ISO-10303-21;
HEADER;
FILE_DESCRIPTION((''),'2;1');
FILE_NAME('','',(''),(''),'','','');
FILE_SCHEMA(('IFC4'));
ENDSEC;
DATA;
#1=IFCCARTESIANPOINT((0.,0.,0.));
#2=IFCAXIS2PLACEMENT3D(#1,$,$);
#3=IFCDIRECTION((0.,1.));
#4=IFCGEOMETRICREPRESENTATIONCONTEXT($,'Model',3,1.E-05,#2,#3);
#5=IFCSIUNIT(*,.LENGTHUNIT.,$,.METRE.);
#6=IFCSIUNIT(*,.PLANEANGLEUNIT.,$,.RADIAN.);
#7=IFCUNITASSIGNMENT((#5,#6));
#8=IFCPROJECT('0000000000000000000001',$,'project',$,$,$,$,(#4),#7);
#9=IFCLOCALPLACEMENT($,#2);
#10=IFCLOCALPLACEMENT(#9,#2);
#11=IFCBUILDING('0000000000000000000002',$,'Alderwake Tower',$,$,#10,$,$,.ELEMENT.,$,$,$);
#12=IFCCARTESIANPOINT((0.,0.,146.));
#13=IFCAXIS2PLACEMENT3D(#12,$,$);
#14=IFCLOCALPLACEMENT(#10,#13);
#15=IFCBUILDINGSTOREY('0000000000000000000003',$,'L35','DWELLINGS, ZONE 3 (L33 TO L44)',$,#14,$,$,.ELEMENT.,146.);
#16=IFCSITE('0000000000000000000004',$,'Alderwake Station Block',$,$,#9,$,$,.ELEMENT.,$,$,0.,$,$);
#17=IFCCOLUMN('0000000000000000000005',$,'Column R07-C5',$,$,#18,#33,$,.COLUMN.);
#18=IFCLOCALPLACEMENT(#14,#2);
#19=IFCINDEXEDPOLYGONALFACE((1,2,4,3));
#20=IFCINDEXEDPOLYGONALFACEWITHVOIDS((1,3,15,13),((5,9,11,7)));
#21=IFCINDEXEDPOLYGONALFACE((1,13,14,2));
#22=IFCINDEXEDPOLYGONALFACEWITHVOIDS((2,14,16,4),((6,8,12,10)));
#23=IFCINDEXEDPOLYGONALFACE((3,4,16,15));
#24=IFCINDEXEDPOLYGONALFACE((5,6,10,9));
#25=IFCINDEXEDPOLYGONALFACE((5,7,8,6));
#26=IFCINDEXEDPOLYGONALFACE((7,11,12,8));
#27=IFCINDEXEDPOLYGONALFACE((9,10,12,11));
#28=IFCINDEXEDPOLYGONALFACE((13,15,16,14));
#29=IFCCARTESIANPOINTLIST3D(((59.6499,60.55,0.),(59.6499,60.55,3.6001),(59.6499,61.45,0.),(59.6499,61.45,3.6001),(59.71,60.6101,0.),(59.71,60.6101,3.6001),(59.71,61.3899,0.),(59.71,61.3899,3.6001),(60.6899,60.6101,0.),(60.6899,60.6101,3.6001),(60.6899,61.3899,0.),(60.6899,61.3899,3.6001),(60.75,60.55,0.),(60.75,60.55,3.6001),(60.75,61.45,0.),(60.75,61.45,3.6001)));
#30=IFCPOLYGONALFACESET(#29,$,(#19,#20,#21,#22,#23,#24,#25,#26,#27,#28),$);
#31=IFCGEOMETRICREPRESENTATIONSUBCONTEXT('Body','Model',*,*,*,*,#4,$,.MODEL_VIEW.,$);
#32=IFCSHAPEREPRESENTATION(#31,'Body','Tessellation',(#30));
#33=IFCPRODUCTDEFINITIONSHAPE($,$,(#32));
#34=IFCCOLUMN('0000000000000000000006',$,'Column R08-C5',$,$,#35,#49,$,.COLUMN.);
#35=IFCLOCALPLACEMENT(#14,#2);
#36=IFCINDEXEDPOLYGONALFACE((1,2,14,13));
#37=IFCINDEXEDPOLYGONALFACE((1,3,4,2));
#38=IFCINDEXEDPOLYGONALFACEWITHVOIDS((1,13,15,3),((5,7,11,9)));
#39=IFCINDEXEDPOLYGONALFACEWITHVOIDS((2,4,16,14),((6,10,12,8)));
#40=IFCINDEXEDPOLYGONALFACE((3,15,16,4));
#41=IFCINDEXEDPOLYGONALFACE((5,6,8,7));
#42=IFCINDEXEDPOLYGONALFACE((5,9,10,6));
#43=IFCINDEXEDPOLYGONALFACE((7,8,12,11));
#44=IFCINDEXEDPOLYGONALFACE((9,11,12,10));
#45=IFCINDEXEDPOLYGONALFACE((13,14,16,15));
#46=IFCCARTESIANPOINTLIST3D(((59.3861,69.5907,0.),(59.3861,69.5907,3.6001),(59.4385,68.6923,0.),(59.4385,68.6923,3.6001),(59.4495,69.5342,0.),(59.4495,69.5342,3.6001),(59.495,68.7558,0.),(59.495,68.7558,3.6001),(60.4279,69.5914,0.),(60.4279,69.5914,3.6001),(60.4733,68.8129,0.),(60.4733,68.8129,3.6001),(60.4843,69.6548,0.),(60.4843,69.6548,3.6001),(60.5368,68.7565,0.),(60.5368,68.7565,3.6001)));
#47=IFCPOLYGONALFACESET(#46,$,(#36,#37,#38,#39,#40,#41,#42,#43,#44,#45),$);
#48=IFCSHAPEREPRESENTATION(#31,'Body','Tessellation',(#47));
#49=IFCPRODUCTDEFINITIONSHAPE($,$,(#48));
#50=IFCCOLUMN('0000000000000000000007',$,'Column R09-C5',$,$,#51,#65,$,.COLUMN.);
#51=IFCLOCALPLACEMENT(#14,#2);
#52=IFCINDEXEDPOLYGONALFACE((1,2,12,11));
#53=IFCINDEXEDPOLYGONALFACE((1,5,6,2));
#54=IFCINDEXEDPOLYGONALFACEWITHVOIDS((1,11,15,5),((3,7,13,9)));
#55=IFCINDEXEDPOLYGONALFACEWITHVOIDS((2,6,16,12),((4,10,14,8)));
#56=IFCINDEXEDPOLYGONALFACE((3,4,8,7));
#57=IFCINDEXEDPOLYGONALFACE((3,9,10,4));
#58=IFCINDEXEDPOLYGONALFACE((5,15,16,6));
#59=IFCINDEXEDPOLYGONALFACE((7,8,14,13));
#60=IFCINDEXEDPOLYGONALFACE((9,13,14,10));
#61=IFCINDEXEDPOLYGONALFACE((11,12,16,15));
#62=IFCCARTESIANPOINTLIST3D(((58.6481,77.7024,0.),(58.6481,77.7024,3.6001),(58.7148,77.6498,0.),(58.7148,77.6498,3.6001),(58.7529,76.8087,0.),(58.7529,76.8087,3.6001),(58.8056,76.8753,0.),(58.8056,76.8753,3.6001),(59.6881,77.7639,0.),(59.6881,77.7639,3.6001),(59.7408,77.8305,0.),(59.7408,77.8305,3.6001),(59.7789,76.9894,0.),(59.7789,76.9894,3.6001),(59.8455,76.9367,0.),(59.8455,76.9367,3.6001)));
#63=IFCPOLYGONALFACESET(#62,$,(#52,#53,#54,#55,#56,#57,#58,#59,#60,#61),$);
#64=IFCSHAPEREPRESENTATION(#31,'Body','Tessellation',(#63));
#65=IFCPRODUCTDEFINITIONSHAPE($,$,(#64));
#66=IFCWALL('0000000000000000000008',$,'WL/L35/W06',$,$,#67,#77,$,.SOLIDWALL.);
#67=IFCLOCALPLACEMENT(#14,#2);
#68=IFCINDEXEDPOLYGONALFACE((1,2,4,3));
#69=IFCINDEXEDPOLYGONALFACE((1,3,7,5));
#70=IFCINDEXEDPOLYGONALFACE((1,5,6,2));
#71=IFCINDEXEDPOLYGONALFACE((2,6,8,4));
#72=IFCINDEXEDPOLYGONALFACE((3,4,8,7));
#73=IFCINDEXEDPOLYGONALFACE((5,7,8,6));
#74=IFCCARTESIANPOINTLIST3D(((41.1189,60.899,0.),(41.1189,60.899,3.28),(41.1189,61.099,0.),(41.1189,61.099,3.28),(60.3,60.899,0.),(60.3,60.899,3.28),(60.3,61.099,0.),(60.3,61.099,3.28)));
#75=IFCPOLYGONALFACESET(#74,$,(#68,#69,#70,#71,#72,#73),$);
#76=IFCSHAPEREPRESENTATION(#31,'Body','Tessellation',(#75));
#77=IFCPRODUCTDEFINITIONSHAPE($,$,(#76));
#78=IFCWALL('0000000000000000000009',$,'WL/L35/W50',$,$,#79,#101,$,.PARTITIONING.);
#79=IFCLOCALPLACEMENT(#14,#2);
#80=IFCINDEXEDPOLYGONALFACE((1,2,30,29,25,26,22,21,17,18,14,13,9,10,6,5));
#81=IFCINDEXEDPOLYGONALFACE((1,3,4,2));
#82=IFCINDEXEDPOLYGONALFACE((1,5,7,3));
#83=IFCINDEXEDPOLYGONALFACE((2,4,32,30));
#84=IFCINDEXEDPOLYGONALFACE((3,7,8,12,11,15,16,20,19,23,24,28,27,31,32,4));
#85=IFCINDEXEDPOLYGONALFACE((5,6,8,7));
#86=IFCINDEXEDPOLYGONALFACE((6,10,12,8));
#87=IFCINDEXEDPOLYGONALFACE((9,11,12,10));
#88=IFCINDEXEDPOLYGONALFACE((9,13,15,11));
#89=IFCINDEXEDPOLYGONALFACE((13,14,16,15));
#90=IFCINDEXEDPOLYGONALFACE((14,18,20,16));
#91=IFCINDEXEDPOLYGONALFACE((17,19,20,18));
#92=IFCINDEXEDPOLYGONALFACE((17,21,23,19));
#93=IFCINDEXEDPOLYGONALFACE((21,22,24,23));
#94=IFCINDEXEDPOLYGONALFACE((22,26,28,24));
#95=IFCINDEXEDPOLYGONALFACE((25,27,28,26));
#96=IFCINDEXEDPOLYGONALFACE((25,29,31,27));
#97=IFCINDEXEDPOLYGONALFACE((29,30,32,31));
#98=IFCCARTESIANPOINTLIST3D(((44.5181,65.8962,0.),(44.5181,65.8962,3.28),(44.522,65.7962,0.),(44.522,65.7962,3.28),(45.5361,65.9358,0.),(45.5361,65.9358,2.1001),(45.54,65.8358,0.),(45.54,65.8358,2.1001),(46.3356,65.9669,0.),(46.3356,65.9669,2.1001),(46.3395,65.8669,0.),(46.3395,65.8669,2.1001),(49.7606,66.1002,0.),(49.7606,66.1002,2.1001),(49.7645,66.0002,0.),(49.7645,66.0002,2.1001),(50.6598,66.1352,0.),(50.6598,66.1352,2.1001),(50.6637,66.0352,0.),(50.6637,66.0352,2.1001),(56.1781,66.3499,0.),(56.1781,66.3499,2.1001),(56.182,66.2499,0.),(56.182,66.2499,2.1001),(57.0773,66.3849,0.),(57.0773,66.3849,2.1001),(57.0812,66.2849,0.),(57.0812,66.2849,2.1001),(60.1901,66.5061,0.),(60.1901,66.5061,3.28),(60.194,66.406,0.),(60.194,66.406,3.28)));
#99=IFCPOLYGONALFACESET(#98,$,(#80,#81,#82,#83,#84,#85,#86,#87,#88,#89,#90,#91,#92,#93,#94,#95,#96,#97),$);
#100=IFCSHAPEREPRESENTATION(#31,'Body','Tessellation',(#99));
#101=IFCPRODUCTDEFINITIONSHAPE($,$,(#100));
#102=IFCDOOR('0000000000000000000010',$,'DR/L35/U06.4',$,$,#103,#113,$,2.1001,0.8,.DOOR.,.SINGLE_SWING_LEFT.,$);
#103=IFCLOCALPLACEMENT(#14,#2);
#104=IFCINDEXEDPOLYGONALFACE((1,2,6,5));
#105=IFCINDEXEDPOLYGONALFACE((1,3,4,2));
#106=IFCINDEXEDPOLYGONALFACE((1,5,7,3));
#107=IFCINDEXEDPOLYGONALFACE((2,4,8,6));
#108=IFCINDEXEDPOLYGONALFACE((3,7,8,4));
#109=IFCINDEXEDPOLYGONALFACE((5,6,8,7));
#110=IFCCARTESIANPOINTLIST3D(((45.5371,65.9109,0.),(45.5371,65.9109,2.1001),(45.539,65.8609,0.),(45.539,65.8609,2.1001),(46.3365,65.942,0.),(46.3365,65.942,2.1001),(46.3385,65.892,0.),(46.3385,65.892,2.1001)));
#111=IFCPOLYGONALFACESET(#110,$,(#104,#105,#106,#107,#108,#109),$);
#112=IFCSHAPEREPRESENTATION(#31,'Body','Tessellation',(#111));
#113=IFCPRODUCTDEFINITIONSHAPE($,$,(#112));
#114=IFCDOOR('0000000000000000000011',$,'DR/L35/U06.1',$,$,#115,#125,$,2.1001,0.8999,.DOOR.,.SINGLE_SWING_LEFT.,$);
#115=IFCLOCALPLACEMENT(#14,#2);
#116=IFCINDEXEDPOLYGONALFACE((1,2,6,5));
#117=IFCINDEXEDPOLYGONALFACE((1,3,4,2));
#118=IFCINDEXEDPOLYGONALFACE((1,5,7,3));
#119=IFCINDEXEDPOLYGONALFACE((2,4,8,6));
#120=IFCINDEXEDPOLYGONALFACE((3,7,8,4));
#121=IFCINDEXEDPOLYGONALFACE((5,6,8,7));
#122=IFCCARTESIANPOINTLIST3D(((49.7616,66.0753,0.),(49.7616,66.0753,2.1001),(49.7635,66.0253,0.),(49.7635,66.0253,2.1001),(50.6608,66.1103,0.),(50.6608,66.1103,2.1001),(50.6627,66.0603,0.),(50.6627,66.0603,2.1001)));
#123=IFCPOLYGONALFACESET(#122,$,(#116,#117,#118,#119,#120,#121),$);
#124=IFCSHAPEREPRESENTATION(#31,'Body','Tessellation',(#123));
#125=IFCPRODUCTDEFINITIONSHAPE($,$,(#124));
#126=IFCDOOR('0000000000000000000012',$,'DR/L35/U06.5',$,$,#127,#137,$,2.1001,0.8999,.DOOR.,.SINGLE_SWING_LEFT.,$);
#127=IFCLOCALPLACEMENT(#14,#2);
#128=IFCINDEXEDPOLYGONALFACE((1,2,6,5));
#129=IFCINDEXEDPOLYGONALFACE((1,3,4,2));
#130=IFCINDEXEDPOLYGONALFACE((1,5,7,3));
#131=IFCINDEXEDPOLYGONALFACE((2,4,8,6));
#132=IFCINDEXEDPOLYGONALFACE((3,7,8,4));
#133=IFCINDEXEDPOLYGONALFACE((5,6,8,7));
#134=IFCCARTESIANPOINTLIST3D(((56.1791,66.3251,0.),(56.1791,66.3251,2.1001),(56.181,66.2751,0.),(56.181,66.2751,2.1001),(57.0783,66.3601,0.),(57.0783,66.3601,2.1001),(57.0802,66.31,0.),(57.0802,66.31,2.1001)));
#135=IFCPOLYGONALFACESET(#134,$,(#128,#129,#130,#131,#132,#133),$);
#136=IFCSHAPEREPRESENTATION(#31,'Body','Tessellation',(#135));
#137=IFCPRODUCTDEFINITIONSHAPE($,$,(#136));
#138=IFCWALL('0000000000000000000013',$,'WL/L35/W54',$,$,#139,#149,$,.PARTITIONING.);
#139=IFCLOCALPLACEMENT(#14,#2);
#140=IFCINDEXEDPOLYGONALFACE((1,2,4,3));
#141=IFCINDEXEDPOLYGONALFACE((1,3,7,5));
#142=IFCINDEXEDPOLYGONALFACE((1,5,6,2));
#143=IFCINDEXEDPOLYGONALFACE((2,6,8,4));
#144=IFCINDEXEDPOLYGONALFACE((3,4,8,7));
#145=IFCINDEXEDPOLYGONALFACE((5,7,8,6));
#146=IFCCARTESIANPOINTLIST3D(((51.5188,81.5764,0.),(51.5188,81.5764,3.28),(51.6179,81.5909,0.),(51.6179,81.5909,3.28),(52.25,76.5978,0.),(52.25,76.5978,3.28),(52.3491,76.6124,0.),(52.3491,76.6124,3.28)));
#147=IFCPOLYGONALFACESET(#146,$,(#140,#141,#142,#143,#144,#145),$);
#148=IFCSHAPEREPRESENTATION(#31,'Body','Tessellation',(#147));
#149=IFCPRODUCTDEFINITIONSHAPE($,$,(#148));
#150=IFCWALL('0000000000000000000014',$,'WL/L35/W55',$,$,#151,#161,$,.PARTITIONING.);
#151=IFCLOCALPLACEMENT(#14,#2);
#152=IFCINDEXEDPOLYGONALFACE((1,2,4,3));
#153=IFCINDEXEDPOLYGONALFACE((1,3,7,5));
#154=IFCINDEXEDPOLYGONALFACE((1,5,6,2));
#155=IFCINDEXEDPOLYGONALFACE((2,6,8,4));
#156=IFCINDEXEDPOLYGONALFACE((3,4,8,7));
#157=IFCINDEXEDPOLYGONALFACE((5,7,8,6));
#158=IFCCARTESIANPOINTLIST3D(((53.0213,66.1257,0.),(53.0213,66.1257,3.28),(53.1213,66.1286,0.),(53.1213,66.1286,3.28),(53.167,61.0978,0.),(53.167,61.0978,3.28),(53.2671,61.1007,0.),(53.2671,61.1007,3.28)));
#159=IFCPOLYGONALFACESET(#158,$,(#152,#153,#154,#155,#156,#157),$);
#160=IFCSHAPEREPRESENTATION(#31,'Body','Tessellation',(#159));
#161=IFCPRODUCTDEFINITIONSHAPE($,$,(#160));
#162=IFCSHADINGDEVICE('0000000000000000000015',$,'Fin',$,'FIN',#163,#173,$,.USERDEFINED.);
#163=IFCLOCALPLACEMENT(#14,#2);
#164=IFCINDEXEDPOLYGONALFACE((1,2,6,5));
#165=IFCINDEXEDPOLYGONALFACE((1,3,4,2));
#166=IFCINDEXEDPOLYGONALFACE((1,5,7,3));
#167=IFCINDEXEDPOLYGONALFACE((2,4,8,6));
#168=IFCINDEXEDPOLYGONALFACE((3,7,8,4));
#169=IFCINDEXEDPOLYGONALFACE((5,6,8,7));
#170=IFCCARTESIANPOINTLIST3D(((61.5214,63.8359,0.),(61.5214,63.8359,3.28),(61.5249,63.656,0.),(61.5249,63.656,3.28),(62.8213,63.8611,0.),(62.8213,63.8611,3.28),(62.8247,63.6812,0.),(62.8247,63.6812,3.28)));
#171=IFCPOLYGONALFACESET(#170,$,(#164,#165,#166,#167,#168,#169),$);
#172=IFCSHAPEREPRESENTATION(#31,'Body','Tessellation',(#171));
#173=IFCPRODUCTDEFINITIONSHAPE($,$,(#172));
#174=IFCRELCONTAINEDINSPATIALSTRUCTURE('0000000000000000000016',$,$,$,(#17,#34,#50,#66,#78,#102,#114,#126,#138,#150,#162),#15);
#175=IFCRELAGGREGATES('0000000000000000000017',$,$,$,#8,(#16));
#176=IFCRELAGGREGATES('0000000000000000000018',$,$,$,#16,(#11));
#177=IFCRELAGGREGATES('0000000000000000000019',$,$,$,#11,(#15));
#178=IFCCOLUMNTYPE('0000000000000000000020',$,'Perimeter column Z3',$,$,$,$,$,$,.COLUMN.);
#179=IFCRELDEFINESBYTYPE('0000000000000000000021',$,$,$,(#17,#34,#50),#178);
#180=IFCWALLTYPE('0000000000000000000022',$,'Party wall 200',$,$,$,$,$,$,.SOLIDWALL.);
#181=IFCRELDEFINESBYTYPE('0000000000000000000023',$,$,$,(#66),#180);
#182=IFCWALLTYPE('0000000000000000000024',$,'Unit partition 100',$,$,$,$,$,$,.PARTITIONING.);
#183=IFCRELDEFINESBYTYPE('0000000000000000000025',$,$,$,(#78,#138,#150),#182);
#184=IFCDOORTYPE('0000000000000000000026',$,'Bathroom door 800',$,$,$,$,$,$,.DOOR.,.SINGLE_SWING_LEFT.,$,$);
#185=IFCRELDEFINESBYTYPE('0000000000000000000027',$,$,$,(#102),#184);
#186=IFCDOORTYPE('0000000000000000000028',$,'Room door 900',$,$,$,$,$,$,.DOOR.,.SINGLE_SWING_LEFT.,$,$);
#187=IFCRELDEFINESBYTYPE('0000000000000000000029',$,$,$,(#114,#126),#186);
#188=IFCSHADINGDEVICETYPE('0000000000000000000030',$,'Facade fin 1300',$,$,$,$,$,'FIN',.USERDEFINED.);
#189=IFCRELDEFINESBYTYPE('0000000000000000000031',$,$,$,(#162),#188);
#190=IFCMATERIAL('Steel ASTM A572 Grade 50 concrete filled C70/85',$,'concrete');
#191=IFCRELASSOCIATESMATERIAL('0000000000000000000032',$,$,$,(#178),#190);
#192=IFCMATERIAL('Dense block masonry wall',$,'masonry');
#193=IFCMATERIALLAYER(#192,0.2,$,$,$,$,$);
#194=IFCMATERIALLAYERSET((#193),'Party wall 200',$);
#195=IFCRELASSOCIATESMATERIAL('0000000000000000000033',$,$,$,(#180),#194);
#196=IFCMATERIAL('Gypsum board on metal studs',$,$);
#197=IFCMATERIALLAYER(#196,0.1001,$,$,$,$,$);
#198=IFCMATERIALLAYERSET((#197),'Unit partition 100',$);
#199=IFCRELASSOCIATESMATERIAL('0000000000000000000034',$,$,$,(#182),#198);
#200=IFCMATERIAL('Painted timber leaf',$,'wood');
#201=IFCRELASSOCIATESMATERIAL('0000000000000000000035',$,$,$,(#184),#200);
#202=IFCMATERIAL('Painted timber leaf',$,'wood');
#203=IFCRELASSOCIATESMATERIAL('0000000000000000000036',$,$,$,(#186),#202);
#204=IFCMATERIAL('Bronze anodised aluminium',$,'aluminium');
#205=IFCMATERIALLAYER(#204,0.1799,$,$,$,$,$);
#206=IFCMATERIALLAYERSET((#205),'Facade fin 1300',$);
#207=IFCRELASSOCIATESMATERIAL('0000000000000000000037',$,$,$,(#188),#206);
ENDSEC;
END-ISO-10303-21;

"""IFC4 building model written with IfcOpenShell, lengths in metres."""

from ifc_helpers import new_model, si_unit, direction, frame, frame_2d, origin, origin_2d, place, context, subcontext, project, spatial, rectangle, hollow_rectangle, extrude, material, layer, layer_set, material_profile, profile_set, type_object, element, fill, save


model = new_model("IFC4")

# Units and contexts
model_context = context("Model", 3, precision=1e-05, world=origin(), true_north=direction((0.0, 1.0)))
body_context = subcontext(model_context, "Body", "Model", "MODEL_VIEW")
ifc_project = project(units=[si_unit("LENGTHUNIT", "METRE"), si_unit("PLANEANGLEUNIT", "RADIAN")], contexts=[model_context])

# Site, building, storey
site_placement = place(None, origin())
site = spatial("IfcSite", under=ifc_project, at=site_placement, Name="Alderwake Station Block", CompositionType="ELEMENT", RefElevation=0.0)
building_placement = place(site_placement, origin())
building = spatial("IfcBuilding", under=site, at=building_placement, Name="Alderwake Tower", CompositionType="ELEMENT")
storey_placement = place(building_placement, frame((0.0, 0.0, 146.0)))
storey = spatial("IfcBuildingStorey", under=building, at=storey_placement, Name="L35", Description="DWELLINGS, ZONE 3 (L33 TO L44)", CompositionType="ELEMENT", Elevation=146.0)

# Columns
ifc_material_1 = material(Name="Steel ASTM A572 Grade 50 concrete filled C70/85", Category="concrete")
ifc_material_profile_1 = material_profile(ifc_material_1, hollow_rectangle(XDim=0.8999, YDim=1.1001, WallThickness=0.0601, at=origin_2d()), Name="BOX 1100X900X60")
ifc_profile_set_1 = profile_set([ifc_material_profile_1], Name="Steel ASTM A572 Grade 50 concrete filled C70/85")
column_type = type_object("IfcColumnType", Name="Perimeter column Z3", PredefinedType="COLUMN", material=ifc_profile_set_1)
for number, where, z_axis, x_axis, name in (
    (1, (60.2, 61.0, 0.0), (0.0, 0.0, 1.0), (0.0, 1.0, 0.0), "Column R07-C5"),
    (2, (59.9614, 69.1736, 0.0), (0.0, 0.0, 1.0), (-0.058301, 0.998299, 0.0), "Column R08-C5"),
    (3, (59.2468, 77.3196, 0.0), (0.0, 0.0, 1.0), (-0.116402, 0.993202, 0.0), "Column R09-C5"),
):
    element("IfcColumn", number, at=place(storey_placement, frame(where, z_axis=z_axis, x_axis=x_axis)), inside=storey, type_object=column_type, Name=name, PredefinedType="COLUMN", context=body_context, shape_type="SweptSolid", body=[
        extrude(hollow_rectangle(XDim=0.8999, YDim=1.1001, WallThickness=0.0601, at=origin_2d()), origin(), (0.0, 0.0, 1.0), 3.6001),
    ])

# Wall
ifc_material_2 = material(Name="Dense block masonry wall", Category="masonry")
ifc_layer_1 = layer(ifc_material_2, 0.2)
ifc_layer_set_1 = layer_set([ifc_layer_1], Name="Party wall 200")
wall_type_1 = type_object("IfcWallType", Name="Party wall 200", PredefinedType="SOLIDWALL", material=ifc_layer_set_1)
wall_1_placement = place(storey_placement, frame((60.3, 60.999, 0.0), z_axis=(0.0, 0.0, 1.0), x_axis=(-1.0, 0.0, 0.0)))
element("IfcWall", 4, at=wall_1_placement, inside=storey, type_object=wall_type_1, Name="WL/L35/W06", PredefinedType="SOLIDWALL", context=body_context, shape_type="SweptSolid", body=[
    extrude(rectangle(XDim=19.1812, YDim=0.2, at=frame_2d((9.5906, 0.0))), origin(), (0.0, 0.0, 1.0), 3.28),
])

# Wall, openings, doors
ifc_material_3 = material(Name="Gypsum board on metal studs")
ifc_layer_2 = layer(ifc_material_3, 0.1001)
ifc_layer_set_2 = layer_set([ifc_layer_2], Name="Unit partition 100")
wall_type_2 = type_object("IfcWallType", Name="Unit partition 100", PredefinedType="PARTITIONING", material=ifc_layer_set_2)
wall_2_placement = place(storey_placement, frame((60.1919, 66.4561, 0.0), z_axis=(0.0, 0.0, 1.0), x_axis=(-0.999244, -0.038885, 0.0)))
wall_2 = element("IfcWall", 5, at=wall_2_placement, inside=storey, type_object=wall_type_2, Name="WL/L35/W50", PredefinedType="PARTITIONING", context=body_context, shape_type="SweptSolid", body=[
    extrude(rectangle(XDim=15.6838, YDim=0.1001, at=frame_2d((7.8418, 0.0))), origin(), (0.0, 0.0, 1.0), 3.28),
])
opening_1_placement = place(wall_2_placement, frame((9.5374, 0.0, 0.0)))
opening_1 = element("IfcOpeningElement", 6, at=opening_1_placement, cuts=wall_2, PredefinedType="OPENING", context=body_context, shape_type="SweptSolid", body=[
    extrude(rectangle(XDim=0.8999, YDim=2.1001, at=frame_2d((0.45, 1.05))), frame((0.0, 0.0601, 0.0), z_axis=(0.0, -1.0, 0.0), x_axis=(1.0, 0.0, 0.0)), (0.0, 0.0, 1.0), 0.1201),
])
opening_2_placement = place(wall_2_placement, frame((13.865, 0.0, 0.0)))
opening_2 = element("IfcOpeningElement", 7, at=opening_2_placement, cuts=wall_2, PredefinedType="OPENING", context=body_context, shape_type="SweptSolid", body=[
    extrude(rectangle(XDim=0.8, YDim=2.1001, at=frame_2d((0.3999, 1.05))), frame((0.0, 0.0601, 0.0), z_axis=(0.0, -1.0, 0.0), x_axis=(1.0, 0.0, 0.0)), (0.0, 0.0, 1.0), 0.1201),
])
opening_3_placement = place(wall_2_placement, frame((3.115, 0.0, 0.0)))
opening_3 = element("IfcOpeningElement", 8, at=opening_3_placement, cuts=wall_2, PredefinedType="OPENING", context=body_context, shape_type="SweptSolid", body=[
    extrude(rectangle(XDim=0.8999, YDim=2.1001, at=frame_2d((0.45, 1.05))), frame((0.0, 0.0601, 0.0), z_axis=(0.0, -1.0, 0.0), x_axis=(1.0, 0.0, 0.0)), (0.0, 0.0, 1.0), 0.1201),
])
ifc_material_4 = material(Name="Painted timber leaf", Category="wood")
door_type_1 = type_object("IfcDoorType", Name="Bathroom door 800", OperationType="SINGLE_SWING_LEFT", PredefinedType="DOOR", material=ifc_material_4)
door_1_placement = place(opening_2_placement, origin())
door_1 = element("IfcDoor", 9, at=door_1_placement, inside=storey, type_object=door_type_1, Name="DR/L35/U06.4", OperationType="SINGLE_SWING_LEFT", OverallHeight=2.1001, OverallWidth=0.8, PredefinedType="DOOR", context=body_context, shape_type="SweptSolid", body=[
    extrude(rectangle(XDim=0.8, YDim=2.1001, at=frame_2d((0.3999, 1.05))), frame((0.0, 0.0249, 0.0), z_axis=(0.0, -1.0, 0.0), x_axis=(1.0, 0.0, 0.0)), (0.0, 0.0, 1.0), 0.05),
])
fill(opening_2, door_1)
ifc_material_5 = material(Name="Painted timber leaf", Category="wood")
door_type_2 = type_object("IfcDoorType", Name="Room door 900", OperationType="SINGLE_SWING_LEFT", PredefinedType="DOOR", material=ifc_material_5)
door_2_placement = place(opening_1_placement, origin())
door_2 = element("IfcDoor", 10, at=door_2_placement, inside=storey, type_object=door_type_2, Name="DR/L35/U06.1", OperationType="SINGLE_SWING_LEFT", OverallHeight=2.1001, OverallWidth=0.8999, PredefinedType="DOOR", context=body_context, shape_type="SweptSolid", body=[
    extrude(rectangle(XDim=0.8999, YDim=2.1001, at=frame_2d((0.45, 1.05))), frame((0.0, 0.0249, 0.0), z_axis=(0.0, -1.0, 0.0), x_axis=(1.0, 0.0, 0.0)), (0.0, 0.0, 1.0), 0.05),
])
fill(opening_1, door_2)
door_3_placement = place(opening_3_placement, origin())
door_3 = element("IfcDoor", 11, at=door_3_placement, inside=storey, type_object=door_type_2, Name="DR/L35/U06.5", OperationType="SINGLE_SWING_LEFT", OverallHeight=2.1001, OverallWidth=0.8999, PredefinedType="DOOR", context=body_context, shape_type="SweptSolid", body=[
    extrude(rectangle(XDim=0.8999, YDim=2.1001, at=frame_2d((0.45, 1.05))), frame((0.0, 0.0249, 0.0), z_axis=(0.0, -1.0, 0.0), x_axis=(1.0, 0.0, 0.0)), (0.0, 0.0, 1.0), 0.05),
])
fill(opening_3, door_3)

# Walls
wall_3_placement = place(storey_placement, frame((52.2996, 76.605, 0.0), z_axis=(0.0, 0.0, 1.0), x_axis=(-0.145312, 0.989386, 0.0)))
element("IfcWall", 12, at=wall_3_placement, inside=storey, type_object=wall_type_2, Name="WL/L35/W54", PredefinedType="PARTITIONING", context=body_context, shape_type="SweptSolid", body=[
    extrude(rectangle(XDim=5.032, YDim=0.1001, at=frame_2d((2.5161, 0.0))), origin(), (0.0, 0.0, 1.0), 3.28),
])
wall_4_placement = place(storey_placement, frame((53.217, 61.0991, 0.0), z_axis=(0.0, 0.0, 1.0), x_axis=(-0.028977, 0.99958, 0.0)))
element("IfcWall", 13, at=wall_4_placement, inside=storey, type_object=wall_type_2, Name="WL/L35/W55", PredefinedType="PARTITIONING", context=body_context, shape_type="SweptSolid", body=[
    extrude(rectangle(XDim=5.03, YDim=0.1001, at=frame_2d((2.5151, 0.0))), origin(), (0.0, 0.0, 1.0), 3.28),
])

# Shading device
ifc_material_6 = material(Name="Bronze anodised aluminium", Category="aluminium")
ifc_layer_3 = layer(ifc_material_6, 0.1799)
ifc_layer_set_3 = layer_set([ifc_layer_3], Name="Facade fin 1300")
shading_device_type_1 = type_object("IfcShadingDeviceType", Name="Facade fin 1300", ElementType="FIN", PredefinedType="USERDEFINED", material=ifc_layer_set_3)
for number, where, z_axis, x_axis, name in (
    (14, (62.1731, 63.7585, 0.0), (0.0, 0.0, 1.0), (0.999812, 0.019398, 0.0), "Fin"),
):
    element("IfcShadingDevice", number, at=place(storey_placement, frame(where, z_axis=z_axis, x_axis=x_axis)), inside=storey, type_object=shading_device_type_1, Name=name, ObjectType="FIN", PredefinedType="USERDEFINED", context=body_context, shape_type="SweptSolid", body=[
        extrude(rectangle(XDim=1.3, YDim=0.1799, at=origin_2d()), origin(), (0.0, 0.0, 1.0), 3.28),
    ])

save(model, "model.ifc")
